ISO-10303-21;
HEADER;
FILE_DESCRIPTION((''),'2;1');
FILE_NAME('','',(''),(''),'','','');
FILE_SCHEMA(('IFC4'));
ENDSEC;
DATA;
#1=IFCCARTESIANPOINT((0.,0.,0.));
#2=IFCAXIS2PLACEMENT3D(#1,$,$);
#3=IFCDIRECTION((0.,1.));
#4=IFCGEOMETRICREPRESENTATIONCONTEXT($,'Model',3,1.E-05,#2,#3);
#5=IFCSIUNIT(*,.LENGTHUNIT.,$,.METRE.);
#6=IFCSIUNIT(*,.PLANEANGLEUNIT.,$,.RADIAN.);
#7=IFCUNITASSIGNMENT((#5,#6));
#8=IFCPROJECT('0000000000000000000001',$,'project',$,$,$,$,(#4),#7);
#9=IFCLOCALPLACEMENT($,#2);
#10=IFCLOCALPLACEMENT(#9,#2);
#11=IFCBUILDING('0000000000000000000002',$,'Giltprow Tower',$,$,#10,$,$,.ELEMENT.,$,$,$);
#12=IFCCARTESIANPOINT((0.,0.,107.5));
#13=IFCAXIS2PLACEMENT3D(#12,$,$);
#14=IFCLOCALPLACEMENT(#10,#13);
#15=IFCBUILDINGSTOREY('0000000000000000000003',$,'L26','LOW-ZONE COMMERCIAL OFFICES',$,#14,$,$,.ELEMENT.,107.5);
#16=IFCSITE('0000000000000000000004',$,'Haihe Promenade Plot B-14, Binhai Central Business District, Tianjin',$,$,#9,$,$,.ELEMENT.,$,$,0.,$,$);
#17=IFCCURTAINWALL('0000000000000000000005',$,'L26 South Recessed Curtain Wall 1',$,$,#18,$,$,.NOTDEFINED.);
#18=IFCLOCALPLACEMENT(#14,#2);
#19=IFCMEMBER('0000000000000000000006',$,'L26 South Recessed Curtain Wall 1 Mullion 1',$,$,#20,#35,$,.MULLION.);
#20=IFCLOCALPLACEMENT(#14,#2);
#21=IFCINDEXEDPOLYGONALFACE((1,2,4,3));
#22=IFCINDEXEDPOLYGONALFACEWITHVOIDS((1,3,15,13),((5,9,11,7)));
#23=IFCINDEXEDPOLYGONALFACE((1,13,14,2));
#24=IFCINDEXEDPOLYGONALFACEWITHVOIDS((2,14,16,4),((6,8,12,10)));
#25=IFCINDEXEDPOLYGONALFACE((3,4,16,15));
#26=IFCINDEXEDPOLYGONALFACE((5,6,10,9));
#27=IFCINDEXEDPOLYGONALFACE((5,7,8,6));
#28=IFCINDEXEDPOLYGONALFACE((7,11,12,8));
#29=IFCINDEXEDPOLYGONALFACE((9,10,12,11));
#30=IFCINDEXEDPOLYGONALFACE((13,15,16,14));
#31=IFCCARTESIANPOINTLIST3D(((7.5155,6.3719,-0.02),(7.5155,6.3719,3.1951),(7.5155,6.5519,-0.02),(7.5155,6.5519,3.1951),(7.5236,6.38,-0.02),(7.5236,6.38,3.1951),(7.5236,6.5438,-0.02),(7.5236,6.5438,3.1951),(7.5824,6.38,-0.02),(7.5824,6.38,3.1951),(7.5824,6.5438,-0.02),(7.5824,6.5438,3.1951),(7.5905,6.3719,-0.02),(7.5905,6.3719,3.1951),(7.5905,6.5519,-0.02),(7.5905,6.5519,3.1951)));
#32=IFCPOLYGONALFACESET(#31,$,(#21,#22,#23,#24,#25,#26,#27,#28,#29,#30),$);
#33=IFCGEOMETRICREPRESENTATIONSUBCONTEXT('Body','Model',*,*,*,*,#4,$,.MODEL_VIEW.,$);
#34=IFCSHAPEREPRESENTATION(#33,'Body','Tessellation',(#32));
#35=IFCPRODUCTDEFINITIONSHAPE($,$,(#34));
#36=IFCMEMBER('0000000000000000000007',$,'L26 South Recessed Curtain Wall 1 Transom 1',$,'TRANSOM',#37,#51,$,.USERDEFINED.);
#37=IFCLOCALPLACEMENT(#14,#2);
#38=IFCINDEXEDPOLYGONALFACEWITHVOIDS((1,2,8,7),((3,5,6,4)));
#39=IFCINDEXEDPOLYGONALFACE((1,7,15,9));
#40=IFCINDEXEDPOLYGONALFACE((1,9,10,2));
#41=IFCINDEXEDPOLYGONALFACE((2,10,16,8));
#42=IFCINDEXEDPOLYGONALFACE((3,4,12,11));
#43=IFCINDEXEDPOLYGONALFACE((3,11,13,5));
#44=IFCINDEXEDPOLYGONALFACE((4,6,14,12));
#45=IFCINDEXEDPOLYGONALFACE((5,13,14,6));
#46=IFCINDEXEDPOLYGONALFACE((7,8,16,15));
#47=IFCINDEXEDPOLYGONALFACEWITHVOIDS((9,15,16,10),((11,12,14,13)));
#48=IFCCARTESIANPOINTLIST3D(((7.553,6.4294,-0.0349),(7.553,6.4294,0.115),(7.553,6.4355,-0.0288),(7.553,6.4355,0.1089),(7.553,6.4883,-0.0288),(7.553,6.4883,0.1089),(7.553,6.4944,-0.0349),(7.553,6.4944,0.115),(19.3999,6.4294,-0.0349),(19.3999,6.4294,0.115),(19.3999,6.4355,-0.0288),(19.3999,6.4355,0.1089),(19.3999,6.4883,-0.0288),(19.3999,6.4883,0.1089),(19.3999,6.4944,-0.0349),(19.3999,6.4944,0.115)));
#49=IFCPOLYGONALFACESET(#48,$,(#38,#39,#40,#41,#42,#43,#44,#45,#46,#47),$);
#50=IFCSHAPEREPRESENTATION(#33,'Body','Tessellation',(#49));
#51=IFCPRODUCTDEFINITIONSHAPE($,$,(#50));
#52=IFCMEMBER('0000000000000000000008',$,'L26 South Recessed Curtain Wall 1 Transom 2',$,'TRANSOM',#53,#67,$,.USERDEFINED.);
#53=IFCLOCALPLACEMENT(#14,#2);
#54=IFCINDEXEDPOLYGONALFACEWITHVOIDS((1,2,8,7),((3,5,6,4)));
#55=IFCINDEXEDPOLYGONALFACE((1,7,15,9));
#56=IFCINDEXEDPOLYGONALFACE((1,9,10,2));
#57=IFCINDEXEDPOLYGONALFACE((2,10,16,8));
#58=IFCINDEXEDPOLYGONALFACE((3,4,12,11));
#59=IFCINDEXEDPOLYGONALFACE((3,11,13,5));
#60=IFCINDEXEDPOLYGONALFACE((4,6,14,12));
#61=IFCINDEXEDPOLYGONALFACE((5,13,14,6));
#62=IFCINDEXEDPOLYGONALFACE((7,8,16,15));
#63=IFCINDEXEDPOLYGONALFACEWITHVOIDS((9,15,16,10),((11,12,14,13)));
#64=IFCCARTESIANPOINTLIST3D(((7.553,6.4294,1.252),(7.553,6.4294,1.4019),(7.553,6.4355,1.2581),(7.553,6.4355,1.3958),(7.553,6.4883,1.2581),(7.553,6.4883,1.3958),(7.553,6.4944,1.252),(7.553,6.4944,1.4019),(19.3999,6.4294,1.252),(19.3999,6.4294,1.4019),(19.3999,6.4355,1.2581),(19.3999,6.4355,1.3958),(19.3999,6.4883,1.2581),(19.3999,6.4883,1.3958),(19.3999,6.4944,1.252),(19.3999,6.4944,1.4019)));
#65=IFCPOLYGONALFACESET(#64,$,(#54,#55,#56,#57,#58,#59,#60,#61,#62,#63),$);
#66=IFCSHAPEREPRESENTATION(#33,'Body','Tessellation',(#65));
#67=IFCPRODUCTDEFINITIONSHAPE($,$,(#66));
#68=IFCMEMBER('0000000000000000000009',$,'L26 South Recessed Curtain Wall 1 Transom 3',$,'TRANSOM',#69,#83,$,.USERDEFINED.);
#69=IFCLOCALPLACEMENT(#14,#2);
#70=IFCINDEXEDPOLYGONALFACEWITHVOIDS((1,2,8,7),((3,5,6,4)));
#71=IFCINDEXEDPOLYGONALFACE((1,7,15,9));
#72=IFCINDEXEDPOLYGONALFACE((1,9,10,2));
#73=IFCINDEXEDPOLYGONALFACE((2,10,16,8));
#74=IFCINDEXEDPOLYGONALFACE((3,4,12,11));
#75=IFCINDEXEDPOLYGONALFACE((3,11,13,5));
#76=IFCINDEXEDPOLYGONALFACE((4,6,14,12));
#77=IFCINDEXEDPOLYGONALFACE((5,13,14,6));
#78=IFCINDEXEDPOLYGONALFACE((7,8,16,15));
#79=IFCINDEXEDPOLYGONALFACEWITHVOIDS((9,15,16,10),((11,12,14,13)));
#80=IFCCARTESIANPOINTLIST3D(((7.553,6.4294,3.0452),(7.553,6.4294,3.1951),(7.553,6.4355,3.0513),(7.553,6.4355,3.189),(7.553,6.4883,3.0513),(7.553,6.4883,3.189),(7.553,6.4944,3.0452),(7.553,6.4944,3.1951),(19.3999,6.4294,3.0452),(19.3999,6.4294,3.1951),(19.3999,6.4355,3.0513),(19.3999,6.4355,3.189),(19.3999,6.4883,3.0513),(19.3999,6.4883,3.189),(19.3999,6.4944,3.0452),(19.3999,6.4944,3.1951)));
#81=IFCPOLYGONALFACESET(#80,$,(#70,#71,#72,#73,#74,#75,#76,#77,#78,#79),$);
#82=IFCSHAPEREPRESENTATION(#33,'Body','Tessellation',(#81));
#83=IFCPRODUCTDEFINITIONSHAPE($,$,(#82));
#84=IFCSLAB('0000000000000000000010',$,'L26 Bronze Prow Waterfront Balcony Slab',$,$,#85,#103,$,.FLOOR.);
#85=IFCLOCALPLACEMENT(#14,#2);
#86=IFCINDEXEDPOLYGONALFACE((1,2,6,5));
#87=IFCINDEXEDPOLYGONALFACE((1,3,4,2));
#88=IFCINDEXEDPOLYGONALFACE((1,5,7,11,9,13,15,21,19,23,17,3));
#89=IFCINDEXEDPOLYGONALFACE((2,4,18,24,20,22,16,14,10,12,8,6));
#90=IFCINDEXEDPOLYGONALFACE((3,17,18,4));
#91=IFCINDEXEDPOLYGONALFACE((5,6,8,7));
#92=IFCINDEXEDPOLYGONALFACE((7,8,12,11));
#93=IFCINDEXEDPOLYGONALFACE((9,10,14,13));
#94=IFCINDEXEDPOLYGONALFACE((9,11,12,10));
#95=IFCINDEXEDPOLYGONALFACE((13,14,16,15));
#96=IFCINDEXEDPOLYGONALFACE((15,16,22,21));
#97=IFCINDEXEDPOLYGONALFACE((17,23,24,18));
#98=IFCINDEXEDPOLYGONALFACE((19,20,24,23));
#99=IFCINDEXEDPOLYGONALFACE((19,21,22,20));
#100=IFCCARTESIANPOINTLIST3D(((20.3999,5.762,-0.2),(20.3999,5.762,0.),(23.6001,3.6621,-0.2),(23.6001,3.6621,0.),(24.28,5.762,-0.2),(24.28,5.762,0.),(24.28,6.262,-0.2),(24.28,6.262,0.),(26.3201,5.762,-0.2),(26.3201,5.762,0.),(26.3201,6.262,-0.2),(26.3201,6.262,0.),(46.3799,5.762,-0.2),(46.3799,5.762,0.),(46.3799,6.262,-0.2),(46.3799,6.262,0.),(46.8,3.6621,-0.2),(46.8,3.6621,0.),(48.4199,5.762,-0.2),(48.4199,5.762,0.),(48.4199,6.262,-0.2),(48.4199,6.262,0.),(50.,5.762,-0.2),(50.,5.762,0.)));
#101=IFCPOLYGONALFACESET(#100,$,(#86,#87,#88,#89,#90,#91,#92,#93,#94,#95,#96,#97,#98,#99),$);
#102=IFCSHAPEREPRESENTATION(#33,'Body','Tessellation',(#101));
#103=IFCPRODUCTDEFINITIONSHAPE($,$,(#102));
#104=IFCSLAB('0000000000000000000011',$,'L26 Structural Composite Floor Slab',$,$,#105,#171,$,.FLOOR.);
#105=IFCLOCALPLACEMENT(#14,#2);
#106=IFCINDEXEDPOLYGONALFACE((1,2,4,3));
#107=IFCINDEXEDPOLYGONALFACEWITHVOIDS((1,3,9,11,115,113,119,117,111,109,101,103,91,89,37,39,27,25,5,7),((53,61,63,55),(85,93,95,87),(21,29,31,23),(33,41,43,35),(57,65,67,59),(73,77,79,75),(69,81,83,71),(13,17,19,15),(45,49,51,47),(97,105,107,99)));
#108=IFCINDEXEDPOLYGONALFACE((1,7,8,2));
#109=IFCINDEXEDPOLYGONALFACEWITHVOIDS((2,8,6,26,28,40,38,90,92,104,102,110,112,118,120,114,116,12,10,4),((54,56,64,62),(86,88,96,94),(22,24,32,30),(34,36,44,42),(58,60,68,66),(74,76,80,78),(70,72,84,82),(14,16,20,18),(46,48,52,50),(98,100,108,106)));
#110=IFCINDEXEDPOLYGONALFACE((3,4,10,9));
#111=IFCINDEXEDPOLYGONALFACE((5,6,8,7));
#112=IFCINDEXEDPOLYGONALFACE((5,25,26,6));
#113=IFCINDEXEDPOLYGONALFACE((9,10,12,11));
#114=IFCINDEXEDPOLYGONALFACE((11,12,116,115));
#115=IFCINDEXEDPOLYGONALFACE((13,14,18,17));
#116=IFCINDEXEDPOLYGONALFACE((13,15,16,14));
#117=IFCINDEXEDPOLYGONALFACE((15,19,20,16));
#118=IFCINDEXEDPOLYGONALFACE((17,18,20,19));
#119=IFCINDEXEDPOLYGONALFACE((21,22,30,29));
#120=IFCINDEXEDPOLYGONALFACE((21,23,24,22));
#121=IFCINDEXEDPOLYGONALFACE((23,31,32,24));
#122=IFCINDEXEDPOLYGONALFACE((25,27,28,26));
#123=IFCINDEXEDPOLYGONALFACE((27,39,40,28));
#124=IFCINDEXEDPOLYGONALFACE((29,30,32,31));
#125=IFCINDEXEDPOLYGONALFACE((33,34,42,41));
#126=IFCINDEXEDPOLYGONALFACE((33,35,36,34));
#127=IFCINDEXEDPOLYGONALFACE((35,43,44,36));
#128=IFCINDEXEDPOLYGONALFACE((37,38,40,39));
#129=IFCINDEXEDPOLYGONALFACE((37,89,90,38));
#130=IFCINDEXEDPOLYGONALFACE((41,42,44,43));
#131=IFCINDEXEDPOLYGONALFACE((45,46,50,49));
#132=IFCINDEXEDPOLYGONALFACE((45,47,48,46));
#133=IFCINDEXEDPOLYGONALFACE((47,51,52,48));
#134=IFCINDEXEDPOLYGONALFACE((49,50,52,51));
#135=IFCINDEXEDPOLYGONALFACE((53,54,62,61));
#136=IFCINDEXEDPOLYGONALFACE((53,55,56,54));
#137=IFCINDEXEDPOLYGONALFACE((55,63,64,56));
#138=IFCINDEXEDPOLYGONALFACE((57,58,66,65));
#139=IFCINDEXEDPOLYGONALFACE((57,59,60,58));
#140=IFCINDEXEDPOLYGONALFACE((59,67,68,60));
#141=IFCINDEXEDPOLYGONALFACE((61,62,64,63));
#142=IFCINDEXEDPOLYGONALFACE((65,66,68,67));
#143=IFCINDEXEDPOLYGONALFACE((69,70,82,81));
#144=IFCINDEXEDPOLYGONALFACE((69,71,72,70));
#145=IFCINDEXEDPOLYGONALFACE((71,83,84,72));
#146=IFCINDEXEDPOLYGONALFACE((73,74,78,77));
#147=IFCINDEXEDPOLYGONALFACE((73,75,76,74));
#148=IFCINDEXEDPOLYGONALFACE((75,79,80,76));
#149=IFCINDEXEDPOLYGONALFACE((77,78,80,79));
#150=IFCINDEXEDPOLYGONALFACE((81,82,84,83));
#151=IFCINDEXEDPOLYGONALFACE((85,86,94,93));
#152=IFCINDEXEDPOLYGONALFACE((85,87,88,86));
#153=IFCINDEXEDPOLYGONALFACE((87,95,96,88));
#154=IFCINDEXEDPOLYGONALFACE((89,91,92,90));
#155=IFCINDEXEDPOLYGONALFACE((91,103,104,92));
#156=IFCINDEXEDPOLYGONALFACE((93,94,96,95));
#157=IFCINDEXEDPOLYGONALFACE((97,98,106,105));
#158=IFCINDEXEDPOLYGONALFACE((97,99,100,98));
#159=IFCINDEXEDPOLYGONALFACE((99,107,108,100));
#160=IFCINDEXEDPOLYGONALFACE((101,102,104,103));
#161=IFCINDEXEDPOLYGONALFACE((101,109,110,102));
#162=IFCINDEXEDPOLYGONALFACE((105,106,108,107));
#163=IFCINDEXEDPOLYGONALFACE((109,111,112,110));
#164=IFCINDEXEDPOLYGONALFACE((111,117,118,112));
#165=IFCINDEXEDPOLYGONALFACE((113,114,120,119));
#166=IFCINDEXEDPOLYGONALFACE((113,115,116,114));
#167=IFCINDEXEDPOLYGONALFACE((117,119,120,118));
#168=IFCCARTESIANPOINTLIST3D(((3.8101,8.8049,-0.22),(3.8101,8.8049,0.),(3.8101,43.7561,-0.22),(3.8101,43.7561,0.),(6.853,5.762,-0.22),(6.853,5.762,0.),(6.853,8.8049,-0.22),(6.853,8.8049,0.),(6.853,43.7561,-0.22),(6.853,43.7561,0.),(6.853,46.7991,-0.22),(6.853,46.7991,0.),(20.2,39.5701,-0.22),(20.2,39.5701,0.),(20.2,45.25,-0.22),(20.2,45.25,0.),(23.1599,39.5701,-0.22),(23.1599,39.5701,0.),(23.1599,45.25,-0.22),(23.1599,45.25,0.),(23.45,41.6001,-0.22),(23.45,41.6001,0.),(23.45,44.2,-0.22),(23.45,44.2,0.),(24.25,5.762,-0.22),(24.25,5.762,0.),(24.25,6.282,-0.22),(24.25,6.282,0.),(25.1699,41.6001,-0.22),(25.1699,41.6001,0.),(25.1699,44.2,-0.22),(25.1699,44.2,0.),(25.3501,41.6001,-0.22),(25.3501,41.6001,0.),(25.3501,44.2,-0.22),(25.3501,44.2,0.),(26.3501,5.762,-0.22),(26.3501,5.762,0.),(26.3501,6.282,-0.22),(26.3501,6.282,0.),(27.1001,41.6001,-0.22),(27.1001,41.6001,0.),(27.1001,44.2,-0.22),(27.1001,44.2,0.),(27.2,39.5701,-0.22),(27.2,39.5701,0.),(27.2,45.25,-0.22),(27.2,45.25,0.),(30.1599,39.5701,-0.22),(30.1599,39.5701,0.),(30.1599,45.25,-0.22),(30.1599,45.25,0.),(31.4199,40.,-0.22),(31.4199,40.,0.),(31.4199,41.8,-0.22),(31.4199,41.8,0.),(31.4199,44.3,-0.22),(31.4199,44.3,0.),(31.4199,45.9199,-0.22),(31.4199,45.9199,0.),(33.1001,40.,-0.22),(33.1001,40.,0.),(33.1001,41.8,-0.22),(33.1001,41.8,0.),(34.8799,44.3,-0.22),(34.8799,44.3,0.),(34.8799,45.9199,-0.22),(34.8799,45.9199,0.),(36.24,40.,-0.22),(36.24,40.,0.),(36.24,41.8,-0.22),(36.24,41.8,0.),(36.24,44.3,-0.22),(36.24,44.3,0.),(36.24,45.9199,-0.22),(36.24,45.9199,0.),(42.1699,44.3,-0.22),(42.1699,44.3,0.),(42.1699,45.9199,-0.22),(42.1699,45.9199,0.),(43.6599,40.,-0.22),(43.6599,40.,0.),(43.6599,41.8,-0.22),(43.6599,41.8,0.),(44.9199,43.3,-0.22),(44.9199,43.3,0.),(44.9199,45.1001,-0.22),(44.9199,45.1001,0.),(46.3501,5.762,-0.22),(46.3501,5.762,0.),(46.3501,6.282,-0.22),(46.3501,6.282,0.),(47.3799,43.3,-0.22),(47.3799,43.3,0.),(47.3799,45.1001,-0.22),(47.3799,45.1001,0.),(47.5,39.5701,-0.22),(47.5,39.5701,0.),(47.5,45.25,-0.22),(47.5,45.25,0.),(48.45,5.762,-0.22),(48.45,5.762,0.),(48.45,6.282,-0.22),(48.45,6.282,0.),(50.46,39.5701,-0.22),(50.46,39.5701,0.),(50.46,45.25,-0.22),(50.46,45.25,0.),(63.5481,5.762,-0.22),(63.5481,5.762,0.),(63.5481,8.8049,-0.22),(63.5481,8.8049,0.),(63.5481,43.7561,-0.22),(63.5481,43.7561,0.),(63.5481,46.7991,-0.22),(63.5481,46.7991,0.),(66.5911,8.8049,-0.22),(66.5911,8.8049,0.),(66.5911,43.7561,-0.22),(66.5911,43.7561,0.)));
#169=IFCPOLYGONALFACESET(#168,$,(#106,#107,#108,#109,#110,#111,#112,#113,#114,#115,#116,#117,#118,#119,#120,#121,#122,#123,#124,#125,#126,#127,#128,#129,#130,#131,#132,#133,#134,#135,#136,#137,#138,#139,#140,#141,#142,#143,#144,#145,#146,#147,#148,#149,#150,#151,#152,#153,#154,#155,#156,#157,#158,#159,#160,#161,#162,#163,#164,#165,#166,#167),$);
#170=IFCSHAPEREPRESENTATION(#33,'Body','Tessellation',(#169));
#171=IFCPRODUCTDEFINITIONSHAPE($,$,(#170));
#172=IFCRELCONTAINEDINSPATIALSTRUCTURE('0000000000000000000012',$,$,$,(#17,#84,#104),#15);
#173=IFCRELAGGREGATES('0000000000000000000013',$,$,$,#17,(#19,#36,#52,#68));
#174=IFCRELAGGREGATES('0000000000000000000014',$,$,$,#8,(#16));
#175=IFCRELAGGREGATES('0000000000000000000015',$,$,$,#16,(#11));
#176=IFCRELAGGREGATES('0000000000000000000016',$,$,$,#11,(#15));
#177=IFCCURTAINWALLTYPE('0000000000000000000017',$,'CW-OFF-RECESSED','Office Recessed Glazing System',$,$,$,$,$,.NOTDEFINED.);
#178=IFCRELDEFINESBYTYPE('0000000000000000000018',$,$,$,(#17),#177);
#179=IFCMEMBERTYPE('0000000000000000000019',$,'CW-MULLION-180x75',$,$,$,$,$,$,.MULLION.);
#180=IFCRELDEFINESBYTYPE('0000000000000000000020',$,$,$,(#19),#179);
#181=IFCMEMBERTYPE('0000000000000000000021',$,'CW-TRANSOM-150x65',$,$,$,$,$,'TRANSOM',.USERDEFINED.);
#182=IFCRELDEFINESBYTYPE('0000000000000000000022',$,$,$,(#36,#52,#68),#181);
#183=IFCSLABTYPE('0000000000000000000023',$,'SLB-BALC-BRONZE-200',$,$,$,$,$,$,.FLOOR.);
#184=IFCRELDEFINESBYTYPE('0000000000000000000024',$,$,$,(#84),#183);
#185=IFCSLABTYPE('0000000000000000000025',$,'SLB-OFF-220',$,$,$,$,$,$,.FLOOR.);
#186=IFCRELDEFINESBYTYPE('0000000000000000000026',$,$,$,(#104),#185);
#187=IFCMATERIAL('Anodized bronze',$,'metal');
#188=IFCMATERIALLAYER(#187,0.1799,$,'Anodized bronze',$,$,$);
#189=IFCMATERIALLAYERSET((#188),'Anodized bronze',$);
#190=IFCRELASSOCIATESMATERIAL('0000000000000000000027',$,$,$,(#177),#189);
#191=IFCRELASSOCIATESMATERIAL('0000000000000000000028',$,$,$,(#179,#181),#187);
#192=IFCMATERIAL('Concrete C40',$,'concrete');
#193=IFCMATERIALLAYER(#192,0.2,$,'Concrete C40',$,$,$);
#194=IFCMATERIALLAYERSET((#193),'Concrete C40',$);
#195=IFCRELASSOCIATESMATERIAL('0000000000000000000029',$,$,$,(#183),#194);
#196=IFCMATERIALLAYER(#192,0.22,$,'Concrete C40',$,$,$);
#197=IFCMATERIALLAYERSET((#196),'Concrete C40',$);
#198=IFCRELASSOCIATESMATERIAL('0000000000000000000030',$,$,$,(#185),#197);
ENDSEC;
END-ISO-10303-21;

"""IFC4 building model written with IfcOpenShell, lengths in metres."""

from ifc_helpers import new_model, si_unit, direction, frame, origin, origin_2d, place, context, subcontext, project, spatial, polyline, hollow_rectangle, outline, extrude, source, transform, mapped, material, layer, layer_set, material_profile, profile_set, type_object, element, aggregate, save


model = new_model("IFC4")

# Units and contexts
model_context = context("Model", 3, precision=1e-05, world=origin(), true_north=direction((0.0, 1.0)))
body_context = subcontext(model_context, "Body", "Model", "MODEL_VIEW")
ifc_project = project(units=[si_unit("LENGTHUNIT", "METRE"), si_unit("PLANEANGLEUNIT", "RADIAN")], contexts=[model_context])

# Site, building, storey
site_placement = place(None, origin())
site = spatial("IfcSite", under=ifc_project, at=site_placement, Name="Haihe Promenade Plot B-14, Binhai Central Business District, Tianjin", CompositionType="ELEMENT", RefElevation=0.0)
building_placement = place(site_placement, origin())
building = spatial("IfcBuilding", under=site, at=building_placement, Name="Giltprow Tower", CompositionType="ELEMENT")
storey_placement = place(building_placement, frame((0.0, 0.0, 107.5)))
storey = spatial("IfcBuildingStorey", under=building, at=storey_placement, Name="L26", Description="LOW-ZONE COMMERCIAL OFFICES", CompositionType="ELEMENT", Elevation=107.5)

# Curtain wall, members
ifc_material_1 = material(Name="Anodized bronze", Category="metal")
ifc_layer_1 = layer(ifc_material_1, 0.1799, Name="Anodized bronze")
ifc_layer_set_1 = layer_set([ifc_layer_1], Name="Anodized bronze")
curtain_wall_type = type_object("IfcCurtainWallType", Name="CW-OFF-RECESSED", Description="Office Recessed Glazing System", PredefinedType="NOTDEFINED", material=ifc_layer_set_1)
curtain_wall_placement = place(storey_placement, origin())
curtain_wall = element("IfcCurtainWall", 1, at=curtain_wall_placement, inside=storey, type_object=curtain_wall_type, Name="L26 South Recessed Curtain Wall 1", PredefinedType="NOTDEFINED")
ifc_material_profile_1 = material_profile(ifc_material_1, hollow_rectangle(XDim=0.075, YDim=0.1799, WallThickness=0.0081, at=origin_2d()), Name="RHS 180x75x8")
ifc_profile_set_1 = profile_set([ifc_material_profile_1], Name="Anodized bronze")
member_type_1 = type_object("IfcMemberType", Name="CW-MULLION-180x75", PredefinedType="MULLION", material=ifc_profile_set_1)
shared_shape_1 = source(origin(), body_context, "Body", "SweptSolid", [
    extrude(hollow_rectangle(XDim=0.075, YDim=0.1799, WallThickness=0.0081, at=origin_2d()), origin(), (0.0, 0.0, 1.0), 3.2151),
])
member_1_placement = place(storey_placement, frame((7.553, 6.4619, -0.02), z_axis=(0.0, 0.0, 1.0), x_axis=(1.0, 0.0, 0.0)))
member_1 = element("IfcMember", 2, at=member_1_placement, type_object=member_type_1, Name="L26 South Recessed Curtain Wall 1 Mullion 1", PredefinedType="MULLION", context=body_context, shape_type="MappedRepresentation", body=[
    mapped(shared_shape_1, transform((0.0, 0.0, 0.0), x_axis=(1.0, 0.0, 0.0), y_axis=(0.0, 1.0, 0.0), z_axis=(0.0, 0.0, 1.0), scale=1.0)),
])
ifc_material_profile_2 = material_profile(ifc_material_1, hollow_rectangle(XDim=0.0649, YDim=0.1499, WallThickness=0.0061, at=origin_2d()), Name="RHS 150x65x6")
ifc_profile_set_2 = profile_set([ifc_material_profile_2], Name="Anodized bronze")
member_type_2 = type_object("IfcMemberType", Name="CW-TRANSOM-150x65", ElementType="TRANSOM", PredefinedType="USERDEFINED", material=ifc_profile_set_2)
shared_shape_2 = source(origin(), body_context, "Body", "SweptSolid", [
    extrude(hollow_rectangle(XDim=0.0649, YDim=0.1499, WallThickness=0.0061, at=origin_2d()), origin(), (0.0, 0.0, 1.0), 11.8469),
])
member_2_placement = place(storey_placement, frame((7.553, 6.4619, 0.04), z_axis=(1.0, 0.0, 0.0), x_axis=(0.0, 1.0, 0.0)))
member_2 = element("IfcMember", 3, at=member_2_placement, type_object=member_type_2, Name="L26 South Recessed Curtain Wall 1 Transom 1", ObjectType="TRANSOM", PredefinedType="USERDEFINED", context=body_context, shape_type="MappedRepresentation", body=[
    mapped(shared_shape_2, transform((0.0, 0.0, 0.0), x_axis=(1.0, 0.0, 0.0), y_axis=(0.0, 1.0, 0.0), z_axis=(0.0, 0.0, 1.0), scale=1.0)),
])
member_3_placement = place(storey_placement, frame((7.553, 6.4619, 1.3269), z_axis=(1.0, 0.0, 0.0), x_axis=(0.0, 1.0, 0.0)))
member_3 = element("IfcMember", 4, at=member_3_placement, type_object=member_type_2, Name="L26 South Recessed Curtain Wall 1 Transom 2", ObjectType="TRANSOM", PredefinedType="USERDEFINED", context=body_context, shape_type="MappedRepresentation", body=[
    mapped(shared_shape_2, transform((0.0, 0.0, 0.0), x_axis=(1.0, 0.0, 0.0), y_axis=(0.0, 1.0, 0.0), z_axis=(0.0, 0.0, 1.0), scale=1.0)),
])
member_4_placement = place(storey_placement, frame((7.553, 6.4619, 3.1201), z_axis=(1.0, 0.0, 0.0), x_axis=(0.0, 1.0, 0.0)))
member_4 = element("IfcMember", 5, at=member_4_placement, type_object=member_type_2, Name="L26 South Recessed Curtain Wall 1 Transom 3", ObjectType="TRANSOM", PredefinedType="USERDEFINED", context=body_context, shape_type="MappedRepresentation", body=[
    mapped(shared_shape_2, transform((0.0, 0.0, 0.0), x_axis=(1.0, 0.0, 0.0), y_axis=(0.0, 1.0, 0.0), z_axis=(0.0, 0.0, 1.0), scale=1.0)),
])
aggregate(curtain_wall, [member_1, member_2, member_3, member_4])

# Slabs
ifc_material_2 = material(Name="Concrete C40", Category="concrete")
ifc_layer_2 = layer(ifc_material_2, 0.2, Name="Concrete C40")
ifc_layer_set_2 = layer_set([ifc_layer_2], Name="Concrete C40")
slab_type_1 = type_object("IfcSlabType", Name="SLB-BALC-BRONZE-200", PredefinedType="FLOOR", material=ifc_layer_set_2)
slab_1_placement = place(storey_placement, frame((0.0, 0.0, -0.2)))
element("IfcSlab", 6, at=slab_1_placement, inside=storey, type_object=slab_type_1, Name="L26 Bronze Prow Waterfront Balcony Slab", PredefinedType="FLOOR", context=body_context, shape_type="SweptSolid", body=[
    extrude(outline(polyline([(50.0, 5.762), (46.8, 3.6621), (23.6001, 3.6621), (20.3999, 5.762), (24.28, 5.762), (24.28, 6.262), (26.3201, 6.262), (26.3201, 5.762), (46.3799, 5.762), (46.3799, 6.262), (48.4199, 6.262), (48.4199, 5.762), (50.0, 5.762)])), origin(), (0.0, 0.0, 1.0), 0.2),
])
ifc_layer_3 = layer(ifc_material_2, 0.22, Name="Concrete C40")
ifc_layer_set_3 = layer_set([ifc_layer_3], Name="Concrete C40")
slab_type_2 = type_object("IfcSlabType", Name="SLB-OFF-220", PredefinedType="FLOOR", material=ifc_layer_set_3)
slab_2_placement = place(storey_placement, frame((0.0, 0.0, -0.22)))
element("IfcSlab", 7, at=slab_2_placement, inside=storey, type_object=slab_type_2, Name="L26 Structural Composite Floor Slab", PredefinedType="FLOOR", context=body_context, shape_type="SweptSolid", body=[
    extrude(outline(polyline([(6.853, 5.762), (6.853, 8.8049), (3.8101, 8.8049), (3.8101, 43.7561), (6.853, 43.7561), (6.853, 46.7991), (63.5481, 46.7991), (63.5481, 43.7561), (66.5911, 43.7561), (66.5911, 8.8049), (63.5481, 8.8049), (63.5481, 5.762), (48.45, 5.762), (48.45, 6.282), (46.3501, 6.282), (46.3501, 5.762), (26.3501, 5.762), (26.3501, 6.282), (24.25, 6.282), (24.25, 5.762), (6.853, 5.762)]), holes=[polyline([(33.1001, 41.8), (31.4199, 41.8), (31.4199, 40.0), (33.1001, 40.0), (33.1001, 41.8)]), polyline([(23.1599, 39.5701), (23.1599, 45.25), (20.2, 45.25), (20.2, 39.5701), (23.1599, 39.5701)]), polyline([(30.1599, 45.25), (27.2, 45.25), (27.2, 39.5701), (30.1599, 39.5701), (30.1599, 45.25)]), polyline([(25.1699, 41.6001), (25.1699, 44.2), (23.45, 44.2), (23.45, 41.6001), (25.1699, 41.6001)]), polyline([(27.1001, 41.6001), (27.1001, 44.2), (25.3501, 44.2), (25.3501, 41.6001), (27.1001, 41.6001)]), polyline([(43.6599, 40.0), (43.6599, 41.8), (36.24, 41.8), (36.24, 40.0), (43.6599, 40.0)]), polyline([(50.46, 39.5701), (50.46, 45.25), (47.5, 45.25), (47.5, 39.5701), (50.46, 39.5701)]), polyline([(47.3799, 45.1001), (44.9199, 45.1001), (44.9199, 43.3), (47.3799, 43.3), (47.3799, 45.1001)]), polyline([(34.8799, 44.3), (34.8799, 45.9199), (31.4199, 45.9199), (31.4199, 44.3), (34.8799, 44.3)]), polyline([(42.1699, 44.3), (42.1699, 45.9199), (36.24, 45.9199), (36.24, 44.3), (42.1699, 44.3)])]), origin(), (0.0, 0.0, 1.0), 0.22),
])

save(model, "model.ifc")
